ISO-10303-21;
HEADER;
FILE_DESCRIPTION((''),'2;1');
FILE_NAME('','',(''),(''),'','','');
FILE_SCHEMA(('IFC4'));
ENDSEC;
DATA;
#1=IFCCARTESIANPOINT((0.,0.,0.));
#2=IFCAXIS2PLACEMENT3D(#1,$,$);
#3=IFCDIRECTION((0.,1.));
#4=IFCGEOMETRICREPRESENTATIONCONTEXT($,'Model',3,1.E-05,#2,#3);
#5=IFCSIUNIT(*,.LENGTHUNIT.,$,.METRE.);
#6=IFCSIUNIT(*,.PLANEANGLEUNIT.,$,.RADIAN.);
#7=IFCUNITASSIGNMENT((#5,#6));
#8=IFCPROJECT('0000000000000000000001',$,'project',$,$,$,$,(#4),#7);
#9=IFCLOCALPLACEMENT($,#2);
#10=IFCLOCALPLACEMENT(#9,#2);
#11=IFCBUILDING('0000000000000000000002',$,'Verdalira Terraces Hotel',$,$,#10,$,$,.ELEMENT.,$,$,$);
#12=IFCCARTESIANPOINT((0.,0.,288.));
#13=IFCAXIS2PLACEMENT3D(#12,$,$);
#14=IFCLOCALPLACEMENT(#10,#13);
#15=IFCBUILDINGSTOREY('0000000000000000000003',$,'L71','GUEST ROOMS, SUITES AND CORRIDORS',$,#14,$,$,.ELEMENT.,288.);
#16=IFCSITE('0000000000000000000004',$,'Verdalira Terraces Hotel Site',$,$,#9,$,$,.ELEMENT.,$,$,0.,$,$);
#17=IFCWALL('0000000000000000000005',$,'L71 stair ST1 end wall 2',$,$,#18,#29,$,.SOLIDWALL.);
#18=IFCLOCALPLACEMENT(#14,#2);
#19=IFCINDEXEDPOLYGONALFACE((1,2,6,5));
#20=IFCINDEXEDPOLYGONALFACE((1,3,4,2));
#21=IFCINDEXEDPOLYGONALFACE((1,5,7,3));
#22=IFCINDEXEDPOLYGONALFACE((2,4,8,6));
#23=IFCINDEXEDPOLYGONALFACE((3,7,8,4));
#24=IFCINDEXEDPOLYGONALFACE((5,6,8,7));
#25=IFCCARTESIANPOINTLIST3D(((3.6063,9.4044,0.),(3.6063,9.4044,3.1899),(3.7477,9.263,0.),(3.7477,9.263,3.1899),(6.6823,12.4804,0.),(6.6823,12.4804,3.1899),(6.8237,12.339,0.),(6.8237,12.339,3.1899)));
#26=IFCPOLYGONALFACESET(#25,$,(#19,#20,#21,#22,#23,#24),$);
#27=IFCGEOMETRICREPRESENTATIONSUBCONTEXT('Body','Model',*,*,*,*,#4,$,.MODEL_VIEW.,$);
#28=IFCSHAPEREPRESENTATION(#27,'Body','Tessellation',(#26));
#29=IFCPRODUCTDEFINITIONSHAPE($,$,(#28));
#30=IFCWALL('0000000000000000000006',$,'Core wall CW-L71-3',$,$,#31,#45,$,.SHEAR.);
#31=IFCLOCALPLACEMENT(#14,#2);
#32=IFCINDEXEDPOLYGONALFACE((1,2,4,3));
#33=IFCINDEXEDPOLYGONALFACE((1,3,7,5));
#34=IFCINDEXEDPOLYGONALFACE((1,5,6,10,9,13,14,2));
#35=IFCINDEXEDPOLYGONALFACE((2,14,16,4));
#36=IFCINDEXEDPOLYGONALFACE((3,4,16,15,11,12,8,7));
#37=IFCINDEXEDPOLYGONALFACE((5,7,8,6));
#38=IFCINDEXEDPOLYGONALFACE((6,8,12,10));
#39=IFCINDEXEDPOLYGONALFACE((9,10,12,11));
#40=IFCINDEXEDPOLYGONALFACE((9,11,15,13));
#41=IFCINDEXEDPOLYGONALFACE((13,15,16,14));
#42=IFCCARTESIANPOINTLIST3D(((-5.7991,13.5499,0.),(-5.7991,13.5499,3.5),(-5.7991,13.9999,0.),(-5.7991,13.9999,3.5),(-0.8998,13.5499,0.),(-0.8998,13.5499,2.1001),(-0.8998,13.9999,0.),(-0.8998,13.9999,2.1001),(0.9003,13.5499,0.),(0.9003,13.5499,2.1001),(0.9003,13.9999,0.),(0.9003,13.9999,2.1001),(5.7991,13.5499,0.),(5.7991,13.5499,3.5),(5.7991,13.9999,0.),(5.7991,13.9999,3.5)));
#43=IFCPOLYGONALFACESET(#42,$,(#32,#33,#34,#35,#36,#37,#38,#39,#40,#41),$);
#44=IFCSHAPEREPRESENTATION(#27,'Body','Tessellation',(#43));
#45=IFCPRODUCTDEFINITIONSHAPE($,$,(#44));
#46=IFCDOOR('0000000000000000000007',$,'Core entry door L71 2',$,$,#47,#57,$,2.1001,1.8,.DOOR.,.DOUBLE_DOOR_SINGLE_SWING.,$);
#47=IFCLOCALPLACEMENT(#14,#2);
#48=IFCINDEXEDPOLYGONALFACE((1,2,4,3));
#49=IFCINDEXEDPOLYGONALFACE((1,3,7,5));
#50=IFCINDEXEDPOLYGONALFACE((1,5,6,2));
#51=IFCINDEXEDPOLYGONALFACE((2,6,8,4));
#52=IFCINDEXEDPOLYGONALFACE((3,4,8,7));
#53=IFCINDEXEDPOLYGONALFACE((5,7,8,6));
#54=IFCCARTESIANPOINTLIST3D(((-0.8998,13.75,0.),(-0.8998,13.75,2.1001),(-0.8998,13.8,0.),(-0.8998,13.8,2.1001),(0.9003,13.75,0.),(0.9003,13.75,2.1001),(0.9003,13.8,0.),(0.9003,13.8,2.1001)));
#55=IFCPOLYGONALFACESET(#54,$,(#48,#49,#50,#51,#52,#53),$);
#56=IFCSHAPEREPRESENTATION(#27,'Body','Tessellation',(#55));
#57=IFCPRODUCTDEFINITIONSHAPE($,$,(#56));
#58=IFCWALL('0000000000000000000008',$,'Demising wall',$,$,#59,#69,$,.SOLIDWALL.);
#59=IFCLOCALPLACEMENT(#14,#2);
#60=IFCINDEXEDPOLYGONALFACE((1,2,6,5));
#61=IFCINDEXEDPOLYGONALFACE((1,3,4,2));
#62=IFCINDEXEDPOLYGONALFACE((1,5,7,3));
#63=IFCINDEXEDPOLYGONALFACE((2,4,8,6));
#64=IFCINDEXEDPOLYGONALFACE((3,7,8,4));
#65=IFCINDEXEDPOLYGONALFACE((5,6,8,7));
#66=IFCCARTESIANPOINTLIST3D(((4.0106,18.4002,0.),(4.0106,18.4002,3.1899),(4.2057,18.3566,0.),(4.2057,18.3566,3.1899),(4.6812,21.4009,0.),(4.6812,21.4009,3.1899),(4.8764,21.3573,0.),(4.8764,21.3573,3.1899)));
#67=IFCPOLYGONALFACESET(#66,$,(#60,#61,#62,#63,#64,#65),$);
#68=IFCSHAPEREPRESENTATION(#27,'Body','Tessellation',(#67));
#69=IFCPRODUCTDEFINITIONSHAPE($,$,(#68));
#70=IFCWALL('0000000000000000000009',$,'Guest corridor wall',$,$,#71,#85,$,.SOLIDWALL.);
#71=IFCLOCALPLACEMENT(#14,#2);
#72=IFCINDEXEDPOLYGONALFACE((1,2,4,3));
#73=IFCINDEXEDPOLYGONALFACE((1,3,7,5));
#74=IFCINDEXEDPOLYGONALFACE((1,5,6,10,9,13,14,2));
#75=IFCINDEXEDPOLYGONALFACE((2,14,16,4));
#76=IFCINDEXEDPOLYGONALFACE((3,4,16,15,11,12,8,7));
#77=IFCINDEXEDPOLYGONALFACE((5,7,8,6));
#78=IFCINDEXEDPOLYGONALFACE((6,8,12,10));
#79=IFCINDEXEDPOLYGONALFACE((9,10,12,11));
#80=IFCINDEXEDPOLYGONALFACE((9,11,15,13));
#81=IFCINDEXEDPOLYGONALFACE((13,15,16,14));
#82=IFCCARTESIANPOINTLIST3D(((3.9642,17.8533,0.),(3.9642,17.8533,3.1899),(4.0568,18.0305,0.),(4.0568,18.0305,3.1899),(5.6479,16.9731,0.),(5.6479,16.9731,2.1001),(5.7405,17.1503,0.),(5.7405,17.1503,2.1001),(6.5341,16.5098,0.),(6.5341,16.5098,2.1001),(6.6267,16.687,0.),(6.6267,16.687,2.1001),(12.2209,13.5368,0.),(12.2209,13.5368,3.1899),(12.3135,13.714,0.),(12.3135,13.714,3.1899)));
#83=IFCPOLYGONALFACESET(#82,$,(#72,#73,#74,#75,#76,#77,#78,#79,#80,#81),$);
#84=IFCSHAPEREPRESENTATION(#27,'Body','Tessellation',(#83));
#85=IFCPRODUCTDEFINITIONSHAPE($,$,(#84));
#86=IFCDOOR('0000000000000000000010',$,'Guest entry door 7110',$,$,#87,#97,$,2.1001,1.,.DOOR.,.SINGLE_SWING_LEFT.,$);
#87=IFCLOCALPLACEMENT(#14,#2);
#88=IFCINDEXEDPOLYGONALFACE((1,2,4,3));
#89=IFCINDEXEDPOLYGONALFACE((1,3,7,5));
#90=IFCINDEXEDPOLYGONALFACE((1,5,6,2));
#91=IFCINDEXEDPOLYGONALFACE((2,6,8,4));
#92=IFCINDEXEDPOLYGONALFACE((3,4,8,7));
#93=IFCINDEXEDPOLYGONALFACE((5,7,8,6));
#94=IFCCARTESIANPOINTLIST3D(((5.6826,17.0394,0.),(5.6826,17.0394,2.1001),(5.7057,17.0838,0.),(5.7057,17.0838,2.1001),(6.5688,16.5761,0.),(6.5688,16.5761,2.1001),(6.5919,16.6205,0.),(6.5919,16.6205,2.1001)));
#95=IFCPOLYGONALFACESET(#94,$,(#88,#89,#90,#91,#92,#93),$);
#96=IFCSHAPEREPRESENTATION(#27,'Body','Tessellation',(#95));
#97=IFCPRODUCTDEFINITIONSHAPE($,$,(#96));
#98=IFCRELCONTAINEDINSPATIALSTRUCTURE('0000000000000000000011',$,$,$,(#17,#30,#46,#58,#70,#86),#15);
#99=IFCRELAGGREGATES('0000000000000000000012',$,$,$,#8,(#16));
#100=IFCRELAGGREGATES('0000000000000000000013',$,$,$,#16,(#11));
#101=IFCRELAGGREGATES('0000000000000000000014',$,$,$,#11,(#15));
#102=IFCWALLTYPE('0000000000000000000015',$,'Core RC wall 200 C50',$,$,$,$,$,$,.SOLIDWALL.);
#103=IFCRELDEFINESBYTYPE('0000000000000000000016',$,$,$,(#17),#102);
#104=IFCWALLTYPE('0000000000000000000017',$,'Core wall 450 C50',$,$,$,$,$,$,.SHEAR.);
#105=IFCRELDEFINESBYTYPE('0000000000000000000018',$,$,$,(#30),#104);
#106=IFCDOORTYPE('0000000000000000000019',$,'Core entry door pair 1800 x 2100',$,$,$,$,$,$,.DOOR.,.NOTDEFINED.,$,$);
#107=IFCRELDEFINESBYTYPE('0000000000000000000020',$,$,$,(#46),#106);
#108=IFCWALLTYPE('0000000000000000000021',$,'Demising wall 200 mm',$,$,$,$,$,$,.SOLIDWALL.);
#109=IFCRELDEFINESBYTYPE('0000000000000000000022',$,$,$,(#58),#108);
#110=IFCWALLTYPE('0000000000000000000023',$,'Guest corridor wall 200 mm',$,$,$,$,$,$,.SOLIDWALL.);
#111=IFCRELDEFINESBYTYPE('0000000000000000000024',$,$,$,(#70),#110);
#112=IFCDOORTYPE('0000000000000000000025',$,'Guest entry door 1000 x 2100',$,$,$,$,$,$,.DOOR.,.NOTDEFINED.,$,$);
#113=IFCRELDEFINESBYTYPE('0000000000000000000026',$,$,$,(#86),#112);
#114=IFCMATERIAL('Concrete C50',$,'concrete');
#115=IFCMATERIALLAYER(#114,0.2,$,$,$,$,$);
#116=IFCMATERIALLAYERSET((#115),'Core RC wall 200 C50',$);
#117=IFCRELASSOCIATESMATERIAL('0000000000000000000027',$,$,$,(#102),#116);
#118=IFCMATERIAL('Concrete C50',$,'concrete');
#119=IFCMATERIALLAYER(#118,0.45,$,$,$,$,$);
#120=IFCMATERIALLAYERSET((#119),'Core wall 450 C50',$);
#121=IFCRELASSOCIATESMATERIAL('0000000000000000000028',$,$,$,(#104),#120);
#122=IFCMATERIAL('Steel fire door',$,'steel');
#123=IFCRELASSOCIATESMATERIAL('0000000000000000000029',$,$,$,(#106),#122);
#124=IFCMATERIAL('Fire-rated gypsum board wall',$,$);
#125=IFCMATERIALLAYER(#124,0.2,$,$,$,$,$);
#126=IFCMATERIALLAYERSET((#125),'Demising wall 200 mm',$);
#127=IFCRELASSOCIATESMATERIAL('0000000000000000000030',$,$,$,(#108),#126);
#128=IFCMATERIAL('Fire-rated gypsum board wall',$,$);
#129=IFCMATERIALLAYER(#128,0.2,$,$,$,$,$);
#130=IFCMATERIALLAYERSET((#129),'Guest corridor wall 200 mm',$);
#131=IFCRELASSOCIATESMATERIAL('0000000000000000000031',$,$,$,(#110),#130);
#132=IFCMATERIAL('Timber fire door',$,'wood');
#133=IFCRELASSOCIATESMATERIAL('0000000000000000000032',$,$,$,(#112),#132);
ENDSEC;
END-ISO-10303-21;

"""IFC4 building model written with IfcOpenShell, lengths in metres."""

from ifc_helpers import new_model, si_unit, direction, frame, frame_2d, origin, place, context, subcontext, project, spatial, rectangle, extrude, material, layer, layer_set, type_object, element, fill, save


model = new_model("IFC4")

# Units and contexts
model_context = context("Model", 3, precision=1e-05, world=origin(), true_north=direction((0.0, 1.0)))
body_context = subcontext(model_context, "Body", "Model", "MODEL_VIEW")
ifc_project = project(units=[si_unit("LENGTHUNIT", "METRE"), si_unit("PLANEANGLEUNIT", "RADIAN")], contexts=[model_context])

# Site, building, storey
site_placement = place(None, origin())
site = spatial("IfcSite", under=ifc_project, at=site_placement, Name="Verdalira Terraces Hotel Site", CompositionType="ELEMENT", RefElevation=0.0)
building_placement = place(site_placement, origin())
building = spatial("IfcBuilding", under=site, at=building_placement, Name="Verdalira Terraces Hotel", CompositionType="ELEMENT")
storey_placement = place(building_placement, frame((0.0, 0.0, 288.0)))
storey = spatial("IfcBuildingStorey", under=building, at=storey_placement, Name="L71", Description="GUEST ROOMS, SUITES AND CORRIDORS", CompositionType="ELEMENT", Elevation=288.0)

# Shared definitions
ifc_material_1 = material(Name="Concrete C50", Category="concrete")
ifc_layer_1 = layer(ifc_material_1, 0.2)
ifc_layer_set_1 = layer_set([ifc_layer_1], Name="Core RC wall 200 C50")
wall_type_1 = type_object("IfcWallType", Name="Core RC wall 200 C50", PredefinedType="SOLIDWALL", material=ifc_layer_set_1)

# Wall
wall_1_placement = place(storey_placement, frame((3.677, 9.3337, 0.0), z_axis=(0.0, 0.0, 1.0), x_axis=(0.707107, 0.707107, 0.0)))
element("IfcWall", 1, at=wall_1_placement, inside=storey, type_object=wall_type_1, Name="L71 stair ST1 end wall 2", PredefinedType="SOLIDWALL", context=body_context, shape_type="SweptSolid", body=[
    extrude(rectangle(XDim=4.3501, YDim=0.2, at=frame_2d((2.175, 0.0))), origin(), (0.0, 0.0, 1.0), 3.1899),
])

# Wall, opening, door
ifc_material_2 = material(Name="Concrete C50", Category="concrete")
ifc_layer_2 = layer(ifc_material_2, 0.45)
ifc_layer_set_2 = layer_set([ifc_layer_2], Name="Core wall 450 C50")
wall_type_2 = type_object("IfcWallType", Name="Core wall 450 C50", PredefinedType="SHEAR", material=ifc_layer_set_2)
wall_2_placement = place(storey_placement, frame((5.7991, 13.7749, 0.0), z_axis=(0.0, 0.0, 1.0), x_axis=(-1.0, 0.0, 0.0)))
wall_2 = element("IfcWall", 2, at=wall_2_placement, inside=storey, type_object=wall_type_2, Name="Core wall CW-L71-3", PredefinedType="SHEAR", context=body_context, shape_type="SweptSolid", body=[
    extrude(rectangle(XDim=11.5981, YDim=0.45, at=frame_2d((5.7991, 0.0))), origin(), (0.0, 0.0, 1.0), 3.5),
])
opening_1_placement = place(wall_2_placement, frame((4.8989, 0.0, 0.0)))
opening_1 = element("IfcOpeningElement", 3, at=opening_1_placement, cuts=wall_2, PredefinedType="OPENING", context=body_context, shape_type="SweptSolid", body=[
    extrude(rectangle(XDim=1.8, YDim=2.1001, at=frame_2d((0.8999, 1.05))), frame((0.0, 0.2349, 0.0), z_axis=(0.0, -1.0, 0.0), x_axis=(1.0, 0.0, 0.0)), (0.0, 0.0, 1.0), 0.47),
])
ifc_material_3 = material(Name="Steel fire door", Category="steel")
door_type_1 = type_object("IfcDoorType", Name="Core entry door pair 1800 x 2100", OperationType="NOTDEFINED", PredefinedType="DOOR", material=ifc_material_3)
door_1_placement = place(opening_1_placement, origin())
door_1 = element("IfcDoor", 4, at=door_1_placement, inside=storey, type_object=door_type_1, Name="Core entry door L71 2", OperationType="DOUBLE_DOOR_SINGLE_SWING", OverallHeight=2.1001, OverallWidth=1.8, PredefinedType="DOOR", context=body_context, shape_type="SweptSolid", body=[
    extrude(rectangle(XDim=1.8, YDim=2.1001, at=frame_2d((0.8999, 1.05))), frame((0.0, 0.0249, 0.0), z_axis=(0.0, -1.0, 0.0), x_axis=(1.0, 0.0, 0.0)), (0.0, 0.0, 1.0), 0.05),
])
fill(opening_1, door_1)

# Wall
ifc_material_4 = material(Name="Fire-rated gypsum board wall")
ifc_layer_3 = layer(ifc_material_4, 0.2)
ifc_layer_set_3 = layer_set([ifc_layer_3], Name="Demising wall 200 mm")
wall_type_3 = type_object("IfcWallType", Name="Demising wall 200 mm", PredefinedType="SOLIDWALL", material=ifc_layer_set_3)
wall_3_placement = place(storey_placement, frame((4.1082, 18.3784, 0.0), z_axis=(0.0, 0.0, 1.0), x_axis=(0.218116, 0.975923, 0.0)))
element("IfcWall", 5, at=wall_3_placement, inside=storey, type_object=wall_type_3, Name="Demising wall", PredefinedType="SOLIDWALL", context=body_context, shape_type="SweptSolid", body=[
    extrude(rectangle(XDim=3.0747, YDim=0.2, at=frame_2d((1.5374, 0.0))), origin(), (0.0, 0.0, 1.0), 3.1899),
])

# Wall, opening, door
ifc_material_5 = material(Name="Fire-rated gypsum board wall")
ifc_layer_4 = layer(ifc_material_5, 0.2)
ifc_layer_set_4 = layer_set([ifc_layer_4], Name="Guest corridor wall 200 mm")
wall_type_4 = type_object("IfcWallType", Name="Guest corridor wall 200 mm", PredefinedType="SOLIDWALL", material=ifc_layer_set_4)
wall_4_placement = place(storey_placement, frame((4.0105, 17.9419, 0.0), z_axis=(0.0, 0.0, 1.0), x_axis=(0.886205, -0.463293, 0.0)))
wall_4 = element("IfcWall", 6, at=wall_4_placement, inside=storey, type_object=wall_type_4, Name="Guest corridor wall", PredefinedType="SOLIDWALL", context=body_context, shape_type="SweptSolid", body=[
    extrude(rectangle(XDim=9.3169, YDim=0.2, at=frame_2d((4.6584, 0.0))), origin(), (0.0, 0.0, 1.0), 3.1899),
])
opening_2_placement = place(wall_4_placement, frame((1.8999, 0.0, 0.0)))
opening_2 = element("IfcOpeningElement", 7, at=opening_2_placement, cuts=wall_4, PredefinedType="OPENING", context=body_context, shape_type="SweptSolid", body=[
    extrude(rectangle(XDim=1.0, YDim=2.1001, at=frame_2d((0.5, 1.05))), frame((0.0, 0.1099, 0.0), z_axis=(0.0, -1.0, 0.0), x_axis=(1.0, 0.0, 0.0)), (0.0, 0.0, 1.0), 0.22),
])
ifc_material_6 = material(Name="Timber fire door", Category="wood")
door_type_2 = type_object("IfcDoorType", Name="Guest entry door 1000 x 2100", OperationType="NOTDEFINED", PredefinedType="DOOR", material=ifc_material_6)
door_2_placement = place(opening_2_placement, origin())
door_2 = element("IfcDoor", 8, at=door_2_placement, inside=storey, type_object=door_type_2, Name="Guest entry door 7110", OperationType="SINGLE_SWING_LEFT", OverallHeight=2.1001, OverallWidth=1.0, PredefinedType="DOOR", context=body_context, shape_type="SweptSolid", body=[
    extrude(rectangle(XDim=1.0, YDim=2.1001, at=frame_2d((0.5, 1.05))), frame((0.0, 0.0249, 0.0), z_axis=(0.0, -1.0, 0.0), x_axis=(1.0, 0.0, 0.0)), (0.0, 0.0, 1.0), 0.05),
])
fill(opening_2, door_2)

save(model, "model.ifc")
